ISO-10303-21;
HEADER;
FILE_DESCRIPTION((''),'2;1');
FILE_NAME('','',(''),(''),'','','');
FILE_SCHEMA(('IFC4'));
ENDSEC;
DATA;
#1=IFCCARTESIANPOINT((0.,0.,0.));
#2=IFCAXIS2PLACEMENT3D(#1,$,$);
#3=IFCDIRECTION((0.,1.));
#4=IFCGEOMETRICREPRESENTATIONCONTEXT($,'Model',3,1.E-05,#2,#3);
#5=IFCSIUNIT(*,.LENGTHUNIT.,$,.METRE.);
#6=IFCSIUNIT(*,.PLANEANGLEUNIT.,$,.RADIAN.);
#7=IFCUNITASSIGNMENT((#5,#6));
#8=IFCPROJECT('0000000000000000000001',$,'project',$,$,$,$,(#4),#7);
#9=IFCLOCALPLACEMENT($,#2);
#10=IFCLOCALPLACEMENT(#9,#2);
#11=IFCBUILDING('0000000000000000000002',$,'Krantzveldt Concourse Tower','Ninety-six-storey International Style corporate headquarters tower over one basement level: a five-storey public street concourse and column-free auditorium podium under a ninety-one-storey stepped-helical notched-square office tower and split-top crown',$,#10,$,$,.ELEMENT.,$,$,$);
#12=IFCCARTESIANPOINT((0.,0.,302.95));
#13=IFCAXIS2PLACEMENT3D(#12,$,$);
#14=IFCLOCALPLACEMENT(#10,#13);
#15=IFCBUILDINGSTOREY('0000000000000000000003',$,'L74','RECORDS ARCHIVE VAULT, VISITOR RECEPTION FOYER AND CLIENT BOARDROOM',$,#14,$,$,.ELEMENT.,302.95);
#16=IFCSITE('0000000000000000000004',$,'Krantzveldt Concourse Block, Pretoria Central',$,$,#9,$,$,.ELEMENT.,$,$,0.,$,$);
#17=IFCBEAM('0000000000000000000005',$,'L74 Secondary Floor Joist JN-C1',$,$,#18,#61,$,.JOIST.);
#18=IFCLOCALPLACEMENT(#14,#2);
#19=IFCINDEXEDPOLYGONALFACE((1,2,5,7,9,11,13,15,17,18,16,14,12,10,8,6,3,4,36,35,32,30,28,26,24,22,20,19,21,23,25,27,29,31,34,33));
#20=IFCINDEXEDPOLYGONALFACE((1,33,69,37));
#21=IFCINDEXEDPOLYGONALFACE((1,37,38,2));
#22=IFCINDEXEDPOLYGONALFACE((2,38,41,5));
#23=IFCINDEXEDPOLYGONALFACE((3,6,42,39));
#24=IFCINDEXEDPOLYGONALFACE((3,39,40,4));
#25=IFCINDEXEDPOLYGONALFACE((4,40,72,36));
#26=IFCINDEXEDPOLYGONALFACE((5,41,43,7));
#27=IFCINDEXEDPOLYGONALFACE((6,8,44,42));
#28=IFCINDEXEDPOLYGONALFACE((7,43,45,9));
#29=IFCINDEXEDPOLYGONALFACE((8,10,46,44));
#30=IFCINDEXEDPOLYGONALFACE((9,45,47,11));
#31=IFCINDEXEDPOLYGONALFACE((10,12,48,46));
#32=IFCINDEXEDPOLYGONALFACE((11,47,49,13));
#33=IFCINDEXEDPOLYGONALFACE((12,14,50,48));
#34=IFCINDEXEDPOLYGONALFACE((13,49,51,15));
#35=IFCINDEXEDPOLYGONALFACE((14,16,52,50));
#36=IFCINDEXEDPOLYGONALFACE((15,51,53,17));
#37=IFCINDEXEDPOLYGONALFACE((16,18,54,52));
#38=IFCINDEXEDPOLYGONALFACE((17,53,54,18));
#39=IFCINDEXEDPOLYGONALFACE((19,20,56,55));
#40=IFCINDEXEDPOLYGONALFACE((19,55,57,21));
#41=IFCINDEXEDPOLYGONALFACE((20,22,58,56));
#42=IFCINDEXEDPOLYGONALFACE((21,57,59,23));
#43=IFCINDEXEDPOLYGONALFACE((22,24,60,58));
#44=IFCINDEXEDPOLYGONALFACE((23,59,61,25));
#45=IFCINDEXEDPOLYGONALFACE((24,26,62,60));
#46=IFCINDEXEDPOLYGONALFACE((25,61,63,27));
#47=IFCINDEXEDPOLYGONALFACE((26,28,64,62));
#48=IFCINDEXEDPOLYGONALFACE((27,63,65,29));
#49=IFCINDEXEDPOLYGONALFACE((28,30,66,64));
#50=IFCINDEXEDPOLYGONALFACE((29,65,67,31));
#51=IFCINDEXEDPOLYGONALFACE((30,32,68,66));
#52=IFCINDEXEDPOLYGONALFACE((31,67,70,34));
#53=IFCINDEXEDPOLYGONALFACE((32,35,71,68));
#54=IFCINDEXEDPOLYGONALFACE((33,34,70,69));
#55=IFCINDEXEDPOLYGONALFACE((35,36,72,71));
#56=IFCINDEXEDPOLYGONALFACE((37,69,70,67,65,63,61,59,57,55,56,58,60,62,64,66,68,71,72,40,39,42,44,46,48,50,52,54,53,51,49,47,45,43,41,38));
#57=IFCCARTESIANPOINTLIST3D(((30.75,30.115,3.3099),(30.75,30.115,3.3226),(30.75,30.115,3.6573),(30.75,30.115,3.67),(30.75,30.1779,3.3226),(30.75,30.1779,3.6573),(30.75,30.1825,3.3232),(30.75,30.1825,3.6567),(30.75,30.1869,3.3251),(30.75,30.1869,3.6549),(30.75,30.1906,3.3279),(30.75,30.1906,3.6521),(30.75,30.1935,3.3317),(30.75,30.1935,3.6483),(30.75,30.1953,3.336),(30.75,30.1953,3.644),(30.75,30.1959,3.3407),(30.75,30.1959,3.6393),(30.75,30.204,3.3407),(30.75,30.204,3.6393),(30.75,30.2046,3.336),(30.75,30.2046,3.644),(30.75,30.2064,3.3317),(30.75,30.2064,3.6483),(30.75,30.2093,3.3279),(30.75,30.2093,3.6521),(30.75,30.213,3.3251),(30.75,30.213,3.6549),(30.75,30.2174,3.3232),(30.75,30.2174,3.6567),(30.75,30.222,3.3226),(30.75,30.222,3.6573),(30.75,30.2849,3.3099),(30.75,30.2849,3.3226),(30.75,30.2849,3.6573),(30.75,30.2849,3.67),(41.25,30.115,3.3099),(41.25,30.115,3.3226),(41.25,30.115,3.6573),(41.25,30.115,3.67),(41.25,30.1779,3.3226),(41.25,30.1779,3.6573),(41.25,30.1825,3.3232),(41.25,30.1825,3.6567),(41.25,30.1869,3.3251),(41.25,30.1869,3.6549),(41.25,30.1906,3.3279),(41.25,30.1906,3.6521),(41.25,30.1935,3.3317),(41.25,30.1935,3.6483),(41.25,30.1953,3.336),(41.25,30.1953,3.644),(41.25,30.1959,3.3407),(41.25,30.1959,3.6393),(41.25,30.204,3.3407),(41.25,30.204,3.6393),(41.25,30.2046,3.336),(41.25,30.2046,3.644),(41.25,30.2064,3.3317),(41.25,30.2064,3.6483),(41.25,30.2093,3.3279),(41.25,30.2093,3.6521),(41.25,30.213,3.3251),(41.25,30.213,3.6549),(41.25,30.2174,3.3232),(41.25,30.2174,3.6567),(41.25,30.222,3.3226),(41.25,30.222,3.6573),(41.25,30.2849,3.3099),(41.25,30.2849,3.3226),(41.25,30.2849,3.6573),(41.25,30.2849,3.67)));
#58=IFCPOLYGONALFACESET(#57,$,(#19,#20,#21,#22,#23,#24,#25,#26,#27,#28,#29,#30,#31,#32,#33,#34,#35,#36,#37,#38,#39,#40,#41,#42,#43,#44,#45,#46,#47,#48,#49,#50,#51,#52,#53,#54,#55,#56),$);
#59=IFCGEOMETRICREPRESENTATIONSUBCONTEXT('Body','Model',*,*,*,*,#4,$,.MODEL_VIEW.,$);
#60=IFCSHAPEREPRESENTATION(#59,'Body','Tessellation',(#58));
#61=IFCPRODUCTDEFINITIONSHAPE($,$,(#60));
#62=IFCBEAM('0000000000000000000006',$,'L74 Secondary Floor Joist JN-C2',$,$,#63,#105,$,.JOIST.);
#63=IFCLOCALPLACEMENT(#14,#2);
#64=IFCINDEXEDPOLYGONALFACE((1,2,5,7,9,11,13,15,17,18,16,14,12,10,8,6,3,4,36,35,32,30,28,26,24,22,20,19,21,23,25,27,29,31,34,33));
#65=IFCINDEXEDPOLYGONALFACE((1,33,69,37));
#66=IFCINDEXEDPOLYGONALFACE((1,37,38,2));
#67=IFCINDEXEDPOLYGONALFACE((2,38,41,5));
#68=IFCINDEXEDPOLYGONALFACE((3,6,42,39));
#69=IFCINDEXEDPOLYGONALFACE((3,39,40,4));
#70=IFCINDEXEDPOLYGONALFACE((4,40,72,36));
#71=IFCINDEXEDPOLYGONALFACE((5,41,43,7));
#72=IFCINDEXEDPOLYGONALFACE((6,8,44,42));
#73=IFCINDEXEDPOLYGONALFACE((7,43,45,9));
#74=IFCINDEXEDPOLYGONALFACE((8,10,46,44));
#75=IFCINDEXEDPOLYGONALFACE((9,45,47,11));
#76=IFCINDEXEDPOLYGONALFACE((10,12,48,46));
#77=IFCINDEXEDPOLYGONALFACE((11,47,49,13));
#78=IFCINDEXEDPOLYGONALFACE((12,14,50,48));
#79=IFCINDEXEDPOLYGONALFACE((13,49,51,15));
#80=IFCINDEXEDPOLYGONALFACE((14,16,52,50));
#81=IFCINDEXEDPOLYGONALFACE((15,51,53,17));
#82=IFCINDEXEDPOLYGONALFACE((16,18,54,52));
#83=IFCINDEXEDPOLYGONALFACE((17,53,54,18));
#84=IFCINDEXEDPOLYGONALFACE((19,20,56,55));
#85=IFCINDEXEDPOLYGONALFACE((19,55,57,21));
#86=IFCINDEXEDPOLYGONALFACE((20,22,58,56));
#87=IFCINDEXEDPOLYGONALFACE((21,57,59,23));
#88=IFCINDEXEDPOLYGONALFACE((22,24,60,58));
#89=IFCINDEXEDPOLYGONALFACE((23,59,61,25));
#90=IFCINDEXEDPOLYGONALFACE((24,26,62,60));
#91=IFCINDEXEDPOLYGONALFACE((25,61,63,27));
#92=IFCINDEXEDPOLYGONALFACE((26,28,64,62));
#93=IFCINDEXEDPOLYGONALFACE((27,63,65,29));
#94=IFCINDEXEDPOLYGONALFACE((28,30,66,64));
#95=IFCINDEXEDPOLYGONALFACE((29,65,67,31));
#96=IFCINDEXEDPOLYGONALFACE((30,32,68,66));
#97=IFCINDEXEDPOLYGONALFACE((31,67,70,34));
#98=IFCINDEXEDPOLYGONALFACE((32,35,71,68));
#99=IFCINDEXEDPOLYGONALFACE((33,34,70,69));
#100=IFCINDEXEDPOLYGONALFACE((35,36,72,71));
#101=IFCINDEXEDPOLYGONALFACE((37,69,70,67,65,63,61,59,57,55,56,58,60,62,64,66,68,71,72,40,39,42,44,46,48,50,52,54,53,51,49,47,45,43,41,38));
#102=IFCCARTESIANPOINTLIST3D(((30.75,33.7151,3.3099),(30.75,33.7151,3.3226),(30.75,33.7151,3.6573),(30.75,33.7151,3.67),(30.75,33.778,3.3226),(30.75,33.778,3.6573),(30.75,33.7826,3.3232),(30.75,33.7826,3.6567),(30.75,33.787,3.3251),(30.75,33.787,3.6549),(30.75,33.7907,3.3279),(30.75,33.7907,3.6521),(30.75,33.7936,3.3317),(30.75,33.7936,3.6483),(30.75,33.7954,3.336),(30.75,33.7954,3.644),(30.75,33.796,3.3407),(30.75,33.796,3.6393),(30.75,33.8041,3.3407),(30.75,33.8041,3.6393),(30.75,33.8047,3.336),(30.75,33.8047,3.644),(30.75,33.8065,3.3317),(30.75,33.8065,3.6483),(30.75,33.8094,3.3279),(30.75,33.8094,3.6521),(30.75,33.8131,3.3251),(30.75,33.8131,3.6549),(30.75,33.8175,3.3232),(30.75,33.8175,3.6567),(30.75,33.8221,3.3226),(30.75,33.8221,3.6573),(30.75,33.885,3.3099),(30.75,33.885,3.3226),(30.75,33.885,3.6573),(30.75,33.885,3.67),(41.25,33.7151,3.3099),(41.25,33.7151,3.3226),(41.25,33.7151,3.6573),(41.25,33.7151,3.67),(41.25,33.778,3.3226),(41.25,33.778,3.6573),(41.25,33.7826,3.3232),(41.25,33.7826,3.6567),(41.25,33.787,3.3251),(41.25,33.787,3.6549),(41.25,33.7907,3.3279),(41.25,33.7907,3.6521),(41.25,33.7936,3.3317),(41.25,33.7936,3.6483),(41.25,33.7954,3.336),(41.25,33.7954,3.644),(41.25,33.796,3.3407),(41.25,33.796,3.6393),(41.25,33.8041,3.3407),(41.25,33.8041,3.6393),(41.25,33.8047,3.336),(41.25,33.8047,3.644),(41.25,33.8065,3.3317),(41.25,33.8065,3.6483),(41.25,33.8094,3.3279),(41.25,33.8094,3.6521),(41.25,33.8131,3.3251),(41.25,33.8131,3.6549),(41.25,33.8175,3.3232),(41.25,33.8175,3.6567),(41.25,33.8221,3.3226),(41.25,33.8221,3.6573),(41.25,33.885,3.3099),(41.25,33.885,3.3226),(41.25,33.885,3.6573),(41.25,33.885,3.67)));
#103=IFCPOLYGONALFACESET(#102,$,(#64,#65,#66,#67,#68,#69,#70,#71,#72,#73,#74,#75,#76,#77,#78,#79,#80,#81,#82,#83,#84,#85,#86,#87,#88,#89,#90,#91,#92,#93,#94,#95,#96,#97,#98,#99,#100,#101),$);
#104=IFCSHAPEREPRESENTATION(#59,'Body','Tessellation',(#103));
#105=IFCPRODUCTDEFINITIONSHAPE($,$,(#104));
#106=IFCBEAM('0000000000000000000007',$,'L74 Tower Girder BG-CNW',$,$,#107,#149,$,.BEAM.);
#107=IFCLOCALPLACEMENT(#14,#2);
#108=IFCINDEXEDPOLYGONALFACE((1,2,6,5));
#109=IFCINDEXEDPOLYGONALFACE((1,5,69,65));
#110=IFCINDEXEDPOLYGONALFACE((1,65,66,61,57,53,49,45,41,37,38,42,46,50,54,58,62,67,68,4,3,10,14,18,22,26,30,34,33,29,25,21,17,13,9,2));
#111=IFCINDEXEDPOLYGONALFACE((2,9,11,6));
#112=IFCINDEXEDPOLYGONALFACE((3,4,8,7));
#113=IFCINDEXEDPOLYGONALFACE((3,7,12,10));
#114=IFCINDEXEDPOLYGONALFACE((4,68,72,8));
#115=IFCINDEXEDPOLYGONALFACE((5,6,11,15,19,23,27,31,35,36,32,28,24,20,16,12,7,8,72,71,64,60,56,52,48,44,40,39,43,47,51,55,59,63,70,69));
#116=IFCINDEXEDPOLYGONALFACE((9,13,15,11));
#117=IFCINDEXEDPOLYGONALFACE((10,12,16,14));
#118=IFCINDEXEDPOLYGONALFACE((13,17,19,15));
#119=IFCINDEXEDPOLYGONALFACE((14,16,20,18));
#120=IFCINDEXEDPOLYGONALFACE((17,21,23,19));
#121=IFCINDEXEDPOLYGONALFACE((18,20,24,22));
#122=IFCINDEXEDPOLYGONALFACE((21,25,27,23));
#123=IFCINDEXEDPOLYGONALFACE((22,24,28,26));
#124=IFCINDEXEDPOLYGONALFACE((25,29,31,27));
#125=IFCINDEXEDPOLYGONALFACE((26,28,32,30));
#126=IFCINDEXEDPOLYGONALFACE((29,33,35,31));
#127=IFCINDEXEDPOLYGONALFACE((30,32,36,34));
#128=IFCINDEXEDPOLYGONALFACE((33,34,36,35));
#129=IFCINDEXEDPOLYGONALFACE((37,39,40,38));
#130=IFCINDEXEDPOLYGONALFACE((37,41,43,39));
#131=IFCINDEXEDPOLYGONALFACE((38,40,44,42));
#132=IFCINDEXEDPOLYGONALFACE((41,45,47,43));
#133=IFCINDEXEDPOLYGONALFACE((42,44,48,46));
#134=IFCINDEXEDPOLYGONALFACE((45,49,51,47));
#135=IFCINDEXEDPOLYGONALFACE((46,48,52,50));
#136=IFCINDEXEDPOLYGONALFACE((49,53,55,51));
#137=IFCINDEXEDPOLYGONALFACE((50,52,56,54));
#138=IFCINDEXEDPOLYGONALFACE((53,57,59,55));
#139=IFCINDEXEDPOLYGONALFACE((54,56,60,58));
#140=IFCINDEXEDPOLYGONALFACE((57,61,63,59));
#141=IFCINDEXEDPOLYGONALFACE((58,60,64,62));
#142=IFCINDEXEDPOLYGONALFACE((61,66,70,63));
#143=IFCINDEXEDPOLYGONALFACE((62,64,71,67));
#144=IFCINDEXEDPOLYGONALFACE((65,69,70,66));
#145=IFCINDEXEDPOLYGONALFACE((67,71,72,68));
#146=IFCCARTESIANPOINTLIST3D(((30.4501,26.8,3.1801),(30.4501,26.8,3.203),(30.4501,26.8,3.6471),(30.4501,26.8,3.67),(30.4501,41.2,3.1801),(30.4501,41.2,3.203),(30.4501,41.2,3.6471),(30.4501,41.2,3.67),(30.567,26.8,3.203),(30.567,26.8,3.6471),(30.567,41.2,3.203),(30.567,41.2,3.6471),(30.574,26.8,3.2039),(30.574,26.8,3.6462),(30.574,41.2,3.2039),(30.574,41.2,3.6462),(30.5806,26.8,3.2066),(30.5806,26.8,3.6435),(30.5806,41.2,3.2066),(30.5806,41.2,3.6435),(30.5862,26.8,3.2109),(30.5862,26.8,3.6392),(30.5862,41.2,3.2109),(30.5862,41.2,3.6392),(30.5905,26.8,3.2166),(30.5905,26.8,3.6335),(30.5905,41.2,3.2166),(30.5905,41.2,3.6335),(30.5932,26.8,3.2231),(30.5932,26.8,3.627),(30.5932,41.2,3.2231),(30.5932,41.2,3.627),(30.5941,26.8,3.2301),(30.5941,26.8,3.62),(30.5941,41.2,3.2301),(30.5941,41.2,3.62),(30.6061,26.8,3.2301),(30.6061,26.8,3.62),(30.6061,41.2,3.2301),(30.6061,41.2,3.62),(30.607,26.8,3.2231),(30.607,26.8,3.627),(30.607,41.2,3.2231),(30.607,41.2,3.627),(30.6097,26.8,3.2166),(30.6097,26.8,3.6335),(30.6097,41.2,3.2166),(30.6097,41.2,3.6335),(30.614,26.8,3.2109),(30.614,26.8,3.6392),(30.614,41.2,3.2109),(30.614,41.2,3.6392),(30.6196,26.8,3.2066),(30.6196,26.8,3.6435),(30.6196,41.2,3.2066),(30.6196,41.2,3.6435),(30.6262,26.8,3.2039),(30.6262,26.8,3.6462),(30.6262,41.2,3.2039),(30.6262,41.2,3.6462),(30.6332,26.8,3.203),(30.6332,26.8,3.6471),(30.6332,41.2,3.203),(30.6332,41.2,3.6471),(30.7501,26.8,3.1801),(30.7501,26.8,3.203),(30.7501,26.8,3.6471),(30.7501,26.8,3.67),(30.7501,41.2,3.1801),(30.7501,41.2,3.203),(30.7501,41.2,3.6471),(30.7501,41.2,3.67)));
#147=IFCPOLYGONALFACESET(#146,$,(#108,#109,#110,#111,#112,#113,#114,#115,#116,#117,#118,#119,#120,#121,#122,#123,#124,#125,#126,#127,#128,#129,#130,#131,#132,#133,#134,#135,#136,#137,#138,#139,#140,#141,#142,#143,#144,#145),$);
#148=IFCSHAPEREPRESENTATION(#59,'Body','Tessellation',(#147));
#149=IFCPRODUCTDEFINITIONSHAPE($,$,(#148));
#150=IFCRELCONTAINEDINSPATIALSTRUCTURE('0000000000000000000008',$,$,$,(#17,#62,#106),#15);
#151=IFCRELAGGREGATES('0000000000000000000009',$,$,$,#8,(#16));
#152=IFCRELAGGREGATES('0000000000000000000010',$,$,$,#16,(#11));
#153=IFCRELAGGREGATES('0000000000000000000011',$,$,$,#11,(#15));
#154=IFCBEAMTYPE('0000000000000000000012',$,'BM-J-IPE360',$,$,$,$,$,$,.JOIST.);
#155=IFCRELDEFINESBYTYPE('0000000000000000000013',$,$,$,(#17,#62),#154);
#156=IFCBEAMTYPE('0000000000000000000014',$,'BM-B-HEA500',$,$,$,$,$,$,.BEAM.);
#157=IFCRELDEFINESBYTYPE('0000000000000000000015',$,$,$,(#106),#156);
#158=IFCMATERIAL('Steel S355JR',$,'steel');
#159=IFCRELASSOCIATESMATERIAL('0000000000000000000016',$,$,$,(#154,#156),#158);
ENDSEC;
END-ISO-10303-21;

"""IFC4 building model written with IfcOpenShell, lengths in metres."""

from ifc_helpers import new_model, si_unit, direction, frame, origin, origin_2d, place, context, subcontext, project, spatial, i_section, extrude, source, transform, mapped, material, material_profile, profile_set, type_object, type_shapes, element, save


model = new_model("IFC4")

# Units and contexts
model_context = context("Model", 3, precision=1e-05, world=origin(), true_north=direction((0.0, 1.0)))
body_context = subcontext(model_context, "Body", "Model", "MODEL_VIEW")
ifc_project = project(units=[si_unit("LENGTHUNIT", "METRE"), si_unit("PLANEANGLEUNIT", "RADIAN")], contexts=[model_context])

# Site, building, storey
site_placement = place(None, origin())
site = spatial("IfcSite", under=ifc_project, at=site_placement, Name="Krantzveldt Concourse Block, Pretoria Central", CompositionType="ELEMENT", RefElevation=0.0)
building_placement = place(site_placement, origin())
building = spatial("IfcBuilding", under=site, at=building_placement, Name="Krantzveldt Concourse Tower", Description="Ninety-six-storey International Style corporate headquarters tower over one basement level: a five-storey public street concourse and column-free auditorium podium under a ninety-one-storey stepped-helical notched-square office tower and split-top crown", CompositionType="ELEMENT")
storey_placement = place(building_placement, frame((0.0, 0.0, 302.95)))
storey = spatial("IfcBuildingStorey", under=building, at=storey_placement, Name="L74", Description="RECORDS ARCHIVE VAULT, VISITOR RECEPTION FOYER AND CLIENT BOARDROOM", CompositionType="ELEMENT", Elevation=302.95)

# Beams
ifc_material_1 = material(Name="Steel S355JR", Category="steel")
ifc_material_profile_1 = material_profile(ifc_material_1, i_section(OverallWidth=0.1699, OverallDepth=0.3601, WebThickness=0.0081, FlangeThickness=0.0127, FilletRadius=0.0181, at=origin_2d()), Name="Steel S355JR", Category="steel")
ifc_profile_set_1 = profile_set([ifc_material_profile_1], Name="Steel S355JR - IPE 360")
beam_type_1 = type_object("IfcBeamType", Name="BM-J-IPE360", PredefinedType="JOIST", material=ifc_profile_set_1)
shared_shape_1 = source(origin(), body_context, "Body", "SweptSolid", [
    extrude(i_section(OverallWidth=0.1699, OverallDepth=0.3601, WebThickness=0.0081, FlangeThickness=0.0127, FilletRadius=0.0181, at=origin_2d()), origin(), (0.0, 0.0, 1.0), 10.5),
])
type_shapes(beam_type_1, [shared_shape_1])
for number, where, z_axis, x_axis, name in (
    (1, (30.75, 30.2, 3.49), (1.0, 0.0, 0.0), (0.0, 1.0, 0.0), "L74 Secondary Floor Joist JN-C1"),
    (2, (30.75, 33.8, 3.49), (1.0, 0.0, 0.0), (0.0, 1.0, 0.0), "L74 Secondary Floor Joist JN-C2"),
):
    element("IfcBeam", number, at=place(storey_placement, frame(where, z_axis=z_axis, x_axis=x_axis)), inside=storey, type_object=beam_type_1, Name=name, PredefinedType="JOIST", context=body_context, shape_type="MappedRepresentation", body=[
        mapped(shared_shape_1, transform((0.0, 0.0, 0.0), x_axis=(1.0, 0.0, 0.0), y_axis=(0.0, 1.0, 0.0), z_axis=(0.0, 0.0, 1.0), scale=1.0)),
    ])
ifc_material_profile_2 = material_profile(ifc_material_1, i_section(OverallWidth=0.3, OverallDepth=0.49, WebThickness=0.012, FlangeThickness=0.0229, FilletRadius=0.0271, at=origin_2d()), Name="Steel S355JR", Category="steel")
ifc_profile_set_2 = profile_set([ifc_material_profile_2], Name="Steel S355JR - HEA 500")
beam_type_2 = type_object("IfcBeamType", Name="BM-B-HEA500", PredefinedType="BEAM", material=ifc_profile_set_2)
shared_shape_2 = source(origin(), body_context, "Body", "SweptSolid", [
    extrude(i_section(OverallWidth=0.3, OverallDepth=0.49, WebThickness=0.012, FlangeThickness=0.0229, FilletRadius=0.0271, at=origin_2d()), origin(), (0.0, 0.0, 1.0), 14.3999),
])
type_shapes(beam_type_2, [shared_shape_2])
beam_placement = place(storey_placement, frame((30.6001, 26.8, 3.425), z_axis=(0.0, 1.0, 0.0), x_axis=(-1.0, 0.0, 0.0)))
element("IfcBeam", 3, at=beam_placement, inside=storey, type_object=beam_type_2, Name="L74 Tower Girder BG-CNW", PredefinedType="BEAM", context=body_context, shape_type="MappedRepresentation", body=[
    mapped(shared_shape_2, transform((0.0, 0.0, 0.0), x_axis=(1.0, 0.0, 0.0), y_axis=(0.0, 1.0, 0.0), z_axis=(0.0, 0.0, 1.0), scale=1.0)),
])

save(model, "model.ifc")
